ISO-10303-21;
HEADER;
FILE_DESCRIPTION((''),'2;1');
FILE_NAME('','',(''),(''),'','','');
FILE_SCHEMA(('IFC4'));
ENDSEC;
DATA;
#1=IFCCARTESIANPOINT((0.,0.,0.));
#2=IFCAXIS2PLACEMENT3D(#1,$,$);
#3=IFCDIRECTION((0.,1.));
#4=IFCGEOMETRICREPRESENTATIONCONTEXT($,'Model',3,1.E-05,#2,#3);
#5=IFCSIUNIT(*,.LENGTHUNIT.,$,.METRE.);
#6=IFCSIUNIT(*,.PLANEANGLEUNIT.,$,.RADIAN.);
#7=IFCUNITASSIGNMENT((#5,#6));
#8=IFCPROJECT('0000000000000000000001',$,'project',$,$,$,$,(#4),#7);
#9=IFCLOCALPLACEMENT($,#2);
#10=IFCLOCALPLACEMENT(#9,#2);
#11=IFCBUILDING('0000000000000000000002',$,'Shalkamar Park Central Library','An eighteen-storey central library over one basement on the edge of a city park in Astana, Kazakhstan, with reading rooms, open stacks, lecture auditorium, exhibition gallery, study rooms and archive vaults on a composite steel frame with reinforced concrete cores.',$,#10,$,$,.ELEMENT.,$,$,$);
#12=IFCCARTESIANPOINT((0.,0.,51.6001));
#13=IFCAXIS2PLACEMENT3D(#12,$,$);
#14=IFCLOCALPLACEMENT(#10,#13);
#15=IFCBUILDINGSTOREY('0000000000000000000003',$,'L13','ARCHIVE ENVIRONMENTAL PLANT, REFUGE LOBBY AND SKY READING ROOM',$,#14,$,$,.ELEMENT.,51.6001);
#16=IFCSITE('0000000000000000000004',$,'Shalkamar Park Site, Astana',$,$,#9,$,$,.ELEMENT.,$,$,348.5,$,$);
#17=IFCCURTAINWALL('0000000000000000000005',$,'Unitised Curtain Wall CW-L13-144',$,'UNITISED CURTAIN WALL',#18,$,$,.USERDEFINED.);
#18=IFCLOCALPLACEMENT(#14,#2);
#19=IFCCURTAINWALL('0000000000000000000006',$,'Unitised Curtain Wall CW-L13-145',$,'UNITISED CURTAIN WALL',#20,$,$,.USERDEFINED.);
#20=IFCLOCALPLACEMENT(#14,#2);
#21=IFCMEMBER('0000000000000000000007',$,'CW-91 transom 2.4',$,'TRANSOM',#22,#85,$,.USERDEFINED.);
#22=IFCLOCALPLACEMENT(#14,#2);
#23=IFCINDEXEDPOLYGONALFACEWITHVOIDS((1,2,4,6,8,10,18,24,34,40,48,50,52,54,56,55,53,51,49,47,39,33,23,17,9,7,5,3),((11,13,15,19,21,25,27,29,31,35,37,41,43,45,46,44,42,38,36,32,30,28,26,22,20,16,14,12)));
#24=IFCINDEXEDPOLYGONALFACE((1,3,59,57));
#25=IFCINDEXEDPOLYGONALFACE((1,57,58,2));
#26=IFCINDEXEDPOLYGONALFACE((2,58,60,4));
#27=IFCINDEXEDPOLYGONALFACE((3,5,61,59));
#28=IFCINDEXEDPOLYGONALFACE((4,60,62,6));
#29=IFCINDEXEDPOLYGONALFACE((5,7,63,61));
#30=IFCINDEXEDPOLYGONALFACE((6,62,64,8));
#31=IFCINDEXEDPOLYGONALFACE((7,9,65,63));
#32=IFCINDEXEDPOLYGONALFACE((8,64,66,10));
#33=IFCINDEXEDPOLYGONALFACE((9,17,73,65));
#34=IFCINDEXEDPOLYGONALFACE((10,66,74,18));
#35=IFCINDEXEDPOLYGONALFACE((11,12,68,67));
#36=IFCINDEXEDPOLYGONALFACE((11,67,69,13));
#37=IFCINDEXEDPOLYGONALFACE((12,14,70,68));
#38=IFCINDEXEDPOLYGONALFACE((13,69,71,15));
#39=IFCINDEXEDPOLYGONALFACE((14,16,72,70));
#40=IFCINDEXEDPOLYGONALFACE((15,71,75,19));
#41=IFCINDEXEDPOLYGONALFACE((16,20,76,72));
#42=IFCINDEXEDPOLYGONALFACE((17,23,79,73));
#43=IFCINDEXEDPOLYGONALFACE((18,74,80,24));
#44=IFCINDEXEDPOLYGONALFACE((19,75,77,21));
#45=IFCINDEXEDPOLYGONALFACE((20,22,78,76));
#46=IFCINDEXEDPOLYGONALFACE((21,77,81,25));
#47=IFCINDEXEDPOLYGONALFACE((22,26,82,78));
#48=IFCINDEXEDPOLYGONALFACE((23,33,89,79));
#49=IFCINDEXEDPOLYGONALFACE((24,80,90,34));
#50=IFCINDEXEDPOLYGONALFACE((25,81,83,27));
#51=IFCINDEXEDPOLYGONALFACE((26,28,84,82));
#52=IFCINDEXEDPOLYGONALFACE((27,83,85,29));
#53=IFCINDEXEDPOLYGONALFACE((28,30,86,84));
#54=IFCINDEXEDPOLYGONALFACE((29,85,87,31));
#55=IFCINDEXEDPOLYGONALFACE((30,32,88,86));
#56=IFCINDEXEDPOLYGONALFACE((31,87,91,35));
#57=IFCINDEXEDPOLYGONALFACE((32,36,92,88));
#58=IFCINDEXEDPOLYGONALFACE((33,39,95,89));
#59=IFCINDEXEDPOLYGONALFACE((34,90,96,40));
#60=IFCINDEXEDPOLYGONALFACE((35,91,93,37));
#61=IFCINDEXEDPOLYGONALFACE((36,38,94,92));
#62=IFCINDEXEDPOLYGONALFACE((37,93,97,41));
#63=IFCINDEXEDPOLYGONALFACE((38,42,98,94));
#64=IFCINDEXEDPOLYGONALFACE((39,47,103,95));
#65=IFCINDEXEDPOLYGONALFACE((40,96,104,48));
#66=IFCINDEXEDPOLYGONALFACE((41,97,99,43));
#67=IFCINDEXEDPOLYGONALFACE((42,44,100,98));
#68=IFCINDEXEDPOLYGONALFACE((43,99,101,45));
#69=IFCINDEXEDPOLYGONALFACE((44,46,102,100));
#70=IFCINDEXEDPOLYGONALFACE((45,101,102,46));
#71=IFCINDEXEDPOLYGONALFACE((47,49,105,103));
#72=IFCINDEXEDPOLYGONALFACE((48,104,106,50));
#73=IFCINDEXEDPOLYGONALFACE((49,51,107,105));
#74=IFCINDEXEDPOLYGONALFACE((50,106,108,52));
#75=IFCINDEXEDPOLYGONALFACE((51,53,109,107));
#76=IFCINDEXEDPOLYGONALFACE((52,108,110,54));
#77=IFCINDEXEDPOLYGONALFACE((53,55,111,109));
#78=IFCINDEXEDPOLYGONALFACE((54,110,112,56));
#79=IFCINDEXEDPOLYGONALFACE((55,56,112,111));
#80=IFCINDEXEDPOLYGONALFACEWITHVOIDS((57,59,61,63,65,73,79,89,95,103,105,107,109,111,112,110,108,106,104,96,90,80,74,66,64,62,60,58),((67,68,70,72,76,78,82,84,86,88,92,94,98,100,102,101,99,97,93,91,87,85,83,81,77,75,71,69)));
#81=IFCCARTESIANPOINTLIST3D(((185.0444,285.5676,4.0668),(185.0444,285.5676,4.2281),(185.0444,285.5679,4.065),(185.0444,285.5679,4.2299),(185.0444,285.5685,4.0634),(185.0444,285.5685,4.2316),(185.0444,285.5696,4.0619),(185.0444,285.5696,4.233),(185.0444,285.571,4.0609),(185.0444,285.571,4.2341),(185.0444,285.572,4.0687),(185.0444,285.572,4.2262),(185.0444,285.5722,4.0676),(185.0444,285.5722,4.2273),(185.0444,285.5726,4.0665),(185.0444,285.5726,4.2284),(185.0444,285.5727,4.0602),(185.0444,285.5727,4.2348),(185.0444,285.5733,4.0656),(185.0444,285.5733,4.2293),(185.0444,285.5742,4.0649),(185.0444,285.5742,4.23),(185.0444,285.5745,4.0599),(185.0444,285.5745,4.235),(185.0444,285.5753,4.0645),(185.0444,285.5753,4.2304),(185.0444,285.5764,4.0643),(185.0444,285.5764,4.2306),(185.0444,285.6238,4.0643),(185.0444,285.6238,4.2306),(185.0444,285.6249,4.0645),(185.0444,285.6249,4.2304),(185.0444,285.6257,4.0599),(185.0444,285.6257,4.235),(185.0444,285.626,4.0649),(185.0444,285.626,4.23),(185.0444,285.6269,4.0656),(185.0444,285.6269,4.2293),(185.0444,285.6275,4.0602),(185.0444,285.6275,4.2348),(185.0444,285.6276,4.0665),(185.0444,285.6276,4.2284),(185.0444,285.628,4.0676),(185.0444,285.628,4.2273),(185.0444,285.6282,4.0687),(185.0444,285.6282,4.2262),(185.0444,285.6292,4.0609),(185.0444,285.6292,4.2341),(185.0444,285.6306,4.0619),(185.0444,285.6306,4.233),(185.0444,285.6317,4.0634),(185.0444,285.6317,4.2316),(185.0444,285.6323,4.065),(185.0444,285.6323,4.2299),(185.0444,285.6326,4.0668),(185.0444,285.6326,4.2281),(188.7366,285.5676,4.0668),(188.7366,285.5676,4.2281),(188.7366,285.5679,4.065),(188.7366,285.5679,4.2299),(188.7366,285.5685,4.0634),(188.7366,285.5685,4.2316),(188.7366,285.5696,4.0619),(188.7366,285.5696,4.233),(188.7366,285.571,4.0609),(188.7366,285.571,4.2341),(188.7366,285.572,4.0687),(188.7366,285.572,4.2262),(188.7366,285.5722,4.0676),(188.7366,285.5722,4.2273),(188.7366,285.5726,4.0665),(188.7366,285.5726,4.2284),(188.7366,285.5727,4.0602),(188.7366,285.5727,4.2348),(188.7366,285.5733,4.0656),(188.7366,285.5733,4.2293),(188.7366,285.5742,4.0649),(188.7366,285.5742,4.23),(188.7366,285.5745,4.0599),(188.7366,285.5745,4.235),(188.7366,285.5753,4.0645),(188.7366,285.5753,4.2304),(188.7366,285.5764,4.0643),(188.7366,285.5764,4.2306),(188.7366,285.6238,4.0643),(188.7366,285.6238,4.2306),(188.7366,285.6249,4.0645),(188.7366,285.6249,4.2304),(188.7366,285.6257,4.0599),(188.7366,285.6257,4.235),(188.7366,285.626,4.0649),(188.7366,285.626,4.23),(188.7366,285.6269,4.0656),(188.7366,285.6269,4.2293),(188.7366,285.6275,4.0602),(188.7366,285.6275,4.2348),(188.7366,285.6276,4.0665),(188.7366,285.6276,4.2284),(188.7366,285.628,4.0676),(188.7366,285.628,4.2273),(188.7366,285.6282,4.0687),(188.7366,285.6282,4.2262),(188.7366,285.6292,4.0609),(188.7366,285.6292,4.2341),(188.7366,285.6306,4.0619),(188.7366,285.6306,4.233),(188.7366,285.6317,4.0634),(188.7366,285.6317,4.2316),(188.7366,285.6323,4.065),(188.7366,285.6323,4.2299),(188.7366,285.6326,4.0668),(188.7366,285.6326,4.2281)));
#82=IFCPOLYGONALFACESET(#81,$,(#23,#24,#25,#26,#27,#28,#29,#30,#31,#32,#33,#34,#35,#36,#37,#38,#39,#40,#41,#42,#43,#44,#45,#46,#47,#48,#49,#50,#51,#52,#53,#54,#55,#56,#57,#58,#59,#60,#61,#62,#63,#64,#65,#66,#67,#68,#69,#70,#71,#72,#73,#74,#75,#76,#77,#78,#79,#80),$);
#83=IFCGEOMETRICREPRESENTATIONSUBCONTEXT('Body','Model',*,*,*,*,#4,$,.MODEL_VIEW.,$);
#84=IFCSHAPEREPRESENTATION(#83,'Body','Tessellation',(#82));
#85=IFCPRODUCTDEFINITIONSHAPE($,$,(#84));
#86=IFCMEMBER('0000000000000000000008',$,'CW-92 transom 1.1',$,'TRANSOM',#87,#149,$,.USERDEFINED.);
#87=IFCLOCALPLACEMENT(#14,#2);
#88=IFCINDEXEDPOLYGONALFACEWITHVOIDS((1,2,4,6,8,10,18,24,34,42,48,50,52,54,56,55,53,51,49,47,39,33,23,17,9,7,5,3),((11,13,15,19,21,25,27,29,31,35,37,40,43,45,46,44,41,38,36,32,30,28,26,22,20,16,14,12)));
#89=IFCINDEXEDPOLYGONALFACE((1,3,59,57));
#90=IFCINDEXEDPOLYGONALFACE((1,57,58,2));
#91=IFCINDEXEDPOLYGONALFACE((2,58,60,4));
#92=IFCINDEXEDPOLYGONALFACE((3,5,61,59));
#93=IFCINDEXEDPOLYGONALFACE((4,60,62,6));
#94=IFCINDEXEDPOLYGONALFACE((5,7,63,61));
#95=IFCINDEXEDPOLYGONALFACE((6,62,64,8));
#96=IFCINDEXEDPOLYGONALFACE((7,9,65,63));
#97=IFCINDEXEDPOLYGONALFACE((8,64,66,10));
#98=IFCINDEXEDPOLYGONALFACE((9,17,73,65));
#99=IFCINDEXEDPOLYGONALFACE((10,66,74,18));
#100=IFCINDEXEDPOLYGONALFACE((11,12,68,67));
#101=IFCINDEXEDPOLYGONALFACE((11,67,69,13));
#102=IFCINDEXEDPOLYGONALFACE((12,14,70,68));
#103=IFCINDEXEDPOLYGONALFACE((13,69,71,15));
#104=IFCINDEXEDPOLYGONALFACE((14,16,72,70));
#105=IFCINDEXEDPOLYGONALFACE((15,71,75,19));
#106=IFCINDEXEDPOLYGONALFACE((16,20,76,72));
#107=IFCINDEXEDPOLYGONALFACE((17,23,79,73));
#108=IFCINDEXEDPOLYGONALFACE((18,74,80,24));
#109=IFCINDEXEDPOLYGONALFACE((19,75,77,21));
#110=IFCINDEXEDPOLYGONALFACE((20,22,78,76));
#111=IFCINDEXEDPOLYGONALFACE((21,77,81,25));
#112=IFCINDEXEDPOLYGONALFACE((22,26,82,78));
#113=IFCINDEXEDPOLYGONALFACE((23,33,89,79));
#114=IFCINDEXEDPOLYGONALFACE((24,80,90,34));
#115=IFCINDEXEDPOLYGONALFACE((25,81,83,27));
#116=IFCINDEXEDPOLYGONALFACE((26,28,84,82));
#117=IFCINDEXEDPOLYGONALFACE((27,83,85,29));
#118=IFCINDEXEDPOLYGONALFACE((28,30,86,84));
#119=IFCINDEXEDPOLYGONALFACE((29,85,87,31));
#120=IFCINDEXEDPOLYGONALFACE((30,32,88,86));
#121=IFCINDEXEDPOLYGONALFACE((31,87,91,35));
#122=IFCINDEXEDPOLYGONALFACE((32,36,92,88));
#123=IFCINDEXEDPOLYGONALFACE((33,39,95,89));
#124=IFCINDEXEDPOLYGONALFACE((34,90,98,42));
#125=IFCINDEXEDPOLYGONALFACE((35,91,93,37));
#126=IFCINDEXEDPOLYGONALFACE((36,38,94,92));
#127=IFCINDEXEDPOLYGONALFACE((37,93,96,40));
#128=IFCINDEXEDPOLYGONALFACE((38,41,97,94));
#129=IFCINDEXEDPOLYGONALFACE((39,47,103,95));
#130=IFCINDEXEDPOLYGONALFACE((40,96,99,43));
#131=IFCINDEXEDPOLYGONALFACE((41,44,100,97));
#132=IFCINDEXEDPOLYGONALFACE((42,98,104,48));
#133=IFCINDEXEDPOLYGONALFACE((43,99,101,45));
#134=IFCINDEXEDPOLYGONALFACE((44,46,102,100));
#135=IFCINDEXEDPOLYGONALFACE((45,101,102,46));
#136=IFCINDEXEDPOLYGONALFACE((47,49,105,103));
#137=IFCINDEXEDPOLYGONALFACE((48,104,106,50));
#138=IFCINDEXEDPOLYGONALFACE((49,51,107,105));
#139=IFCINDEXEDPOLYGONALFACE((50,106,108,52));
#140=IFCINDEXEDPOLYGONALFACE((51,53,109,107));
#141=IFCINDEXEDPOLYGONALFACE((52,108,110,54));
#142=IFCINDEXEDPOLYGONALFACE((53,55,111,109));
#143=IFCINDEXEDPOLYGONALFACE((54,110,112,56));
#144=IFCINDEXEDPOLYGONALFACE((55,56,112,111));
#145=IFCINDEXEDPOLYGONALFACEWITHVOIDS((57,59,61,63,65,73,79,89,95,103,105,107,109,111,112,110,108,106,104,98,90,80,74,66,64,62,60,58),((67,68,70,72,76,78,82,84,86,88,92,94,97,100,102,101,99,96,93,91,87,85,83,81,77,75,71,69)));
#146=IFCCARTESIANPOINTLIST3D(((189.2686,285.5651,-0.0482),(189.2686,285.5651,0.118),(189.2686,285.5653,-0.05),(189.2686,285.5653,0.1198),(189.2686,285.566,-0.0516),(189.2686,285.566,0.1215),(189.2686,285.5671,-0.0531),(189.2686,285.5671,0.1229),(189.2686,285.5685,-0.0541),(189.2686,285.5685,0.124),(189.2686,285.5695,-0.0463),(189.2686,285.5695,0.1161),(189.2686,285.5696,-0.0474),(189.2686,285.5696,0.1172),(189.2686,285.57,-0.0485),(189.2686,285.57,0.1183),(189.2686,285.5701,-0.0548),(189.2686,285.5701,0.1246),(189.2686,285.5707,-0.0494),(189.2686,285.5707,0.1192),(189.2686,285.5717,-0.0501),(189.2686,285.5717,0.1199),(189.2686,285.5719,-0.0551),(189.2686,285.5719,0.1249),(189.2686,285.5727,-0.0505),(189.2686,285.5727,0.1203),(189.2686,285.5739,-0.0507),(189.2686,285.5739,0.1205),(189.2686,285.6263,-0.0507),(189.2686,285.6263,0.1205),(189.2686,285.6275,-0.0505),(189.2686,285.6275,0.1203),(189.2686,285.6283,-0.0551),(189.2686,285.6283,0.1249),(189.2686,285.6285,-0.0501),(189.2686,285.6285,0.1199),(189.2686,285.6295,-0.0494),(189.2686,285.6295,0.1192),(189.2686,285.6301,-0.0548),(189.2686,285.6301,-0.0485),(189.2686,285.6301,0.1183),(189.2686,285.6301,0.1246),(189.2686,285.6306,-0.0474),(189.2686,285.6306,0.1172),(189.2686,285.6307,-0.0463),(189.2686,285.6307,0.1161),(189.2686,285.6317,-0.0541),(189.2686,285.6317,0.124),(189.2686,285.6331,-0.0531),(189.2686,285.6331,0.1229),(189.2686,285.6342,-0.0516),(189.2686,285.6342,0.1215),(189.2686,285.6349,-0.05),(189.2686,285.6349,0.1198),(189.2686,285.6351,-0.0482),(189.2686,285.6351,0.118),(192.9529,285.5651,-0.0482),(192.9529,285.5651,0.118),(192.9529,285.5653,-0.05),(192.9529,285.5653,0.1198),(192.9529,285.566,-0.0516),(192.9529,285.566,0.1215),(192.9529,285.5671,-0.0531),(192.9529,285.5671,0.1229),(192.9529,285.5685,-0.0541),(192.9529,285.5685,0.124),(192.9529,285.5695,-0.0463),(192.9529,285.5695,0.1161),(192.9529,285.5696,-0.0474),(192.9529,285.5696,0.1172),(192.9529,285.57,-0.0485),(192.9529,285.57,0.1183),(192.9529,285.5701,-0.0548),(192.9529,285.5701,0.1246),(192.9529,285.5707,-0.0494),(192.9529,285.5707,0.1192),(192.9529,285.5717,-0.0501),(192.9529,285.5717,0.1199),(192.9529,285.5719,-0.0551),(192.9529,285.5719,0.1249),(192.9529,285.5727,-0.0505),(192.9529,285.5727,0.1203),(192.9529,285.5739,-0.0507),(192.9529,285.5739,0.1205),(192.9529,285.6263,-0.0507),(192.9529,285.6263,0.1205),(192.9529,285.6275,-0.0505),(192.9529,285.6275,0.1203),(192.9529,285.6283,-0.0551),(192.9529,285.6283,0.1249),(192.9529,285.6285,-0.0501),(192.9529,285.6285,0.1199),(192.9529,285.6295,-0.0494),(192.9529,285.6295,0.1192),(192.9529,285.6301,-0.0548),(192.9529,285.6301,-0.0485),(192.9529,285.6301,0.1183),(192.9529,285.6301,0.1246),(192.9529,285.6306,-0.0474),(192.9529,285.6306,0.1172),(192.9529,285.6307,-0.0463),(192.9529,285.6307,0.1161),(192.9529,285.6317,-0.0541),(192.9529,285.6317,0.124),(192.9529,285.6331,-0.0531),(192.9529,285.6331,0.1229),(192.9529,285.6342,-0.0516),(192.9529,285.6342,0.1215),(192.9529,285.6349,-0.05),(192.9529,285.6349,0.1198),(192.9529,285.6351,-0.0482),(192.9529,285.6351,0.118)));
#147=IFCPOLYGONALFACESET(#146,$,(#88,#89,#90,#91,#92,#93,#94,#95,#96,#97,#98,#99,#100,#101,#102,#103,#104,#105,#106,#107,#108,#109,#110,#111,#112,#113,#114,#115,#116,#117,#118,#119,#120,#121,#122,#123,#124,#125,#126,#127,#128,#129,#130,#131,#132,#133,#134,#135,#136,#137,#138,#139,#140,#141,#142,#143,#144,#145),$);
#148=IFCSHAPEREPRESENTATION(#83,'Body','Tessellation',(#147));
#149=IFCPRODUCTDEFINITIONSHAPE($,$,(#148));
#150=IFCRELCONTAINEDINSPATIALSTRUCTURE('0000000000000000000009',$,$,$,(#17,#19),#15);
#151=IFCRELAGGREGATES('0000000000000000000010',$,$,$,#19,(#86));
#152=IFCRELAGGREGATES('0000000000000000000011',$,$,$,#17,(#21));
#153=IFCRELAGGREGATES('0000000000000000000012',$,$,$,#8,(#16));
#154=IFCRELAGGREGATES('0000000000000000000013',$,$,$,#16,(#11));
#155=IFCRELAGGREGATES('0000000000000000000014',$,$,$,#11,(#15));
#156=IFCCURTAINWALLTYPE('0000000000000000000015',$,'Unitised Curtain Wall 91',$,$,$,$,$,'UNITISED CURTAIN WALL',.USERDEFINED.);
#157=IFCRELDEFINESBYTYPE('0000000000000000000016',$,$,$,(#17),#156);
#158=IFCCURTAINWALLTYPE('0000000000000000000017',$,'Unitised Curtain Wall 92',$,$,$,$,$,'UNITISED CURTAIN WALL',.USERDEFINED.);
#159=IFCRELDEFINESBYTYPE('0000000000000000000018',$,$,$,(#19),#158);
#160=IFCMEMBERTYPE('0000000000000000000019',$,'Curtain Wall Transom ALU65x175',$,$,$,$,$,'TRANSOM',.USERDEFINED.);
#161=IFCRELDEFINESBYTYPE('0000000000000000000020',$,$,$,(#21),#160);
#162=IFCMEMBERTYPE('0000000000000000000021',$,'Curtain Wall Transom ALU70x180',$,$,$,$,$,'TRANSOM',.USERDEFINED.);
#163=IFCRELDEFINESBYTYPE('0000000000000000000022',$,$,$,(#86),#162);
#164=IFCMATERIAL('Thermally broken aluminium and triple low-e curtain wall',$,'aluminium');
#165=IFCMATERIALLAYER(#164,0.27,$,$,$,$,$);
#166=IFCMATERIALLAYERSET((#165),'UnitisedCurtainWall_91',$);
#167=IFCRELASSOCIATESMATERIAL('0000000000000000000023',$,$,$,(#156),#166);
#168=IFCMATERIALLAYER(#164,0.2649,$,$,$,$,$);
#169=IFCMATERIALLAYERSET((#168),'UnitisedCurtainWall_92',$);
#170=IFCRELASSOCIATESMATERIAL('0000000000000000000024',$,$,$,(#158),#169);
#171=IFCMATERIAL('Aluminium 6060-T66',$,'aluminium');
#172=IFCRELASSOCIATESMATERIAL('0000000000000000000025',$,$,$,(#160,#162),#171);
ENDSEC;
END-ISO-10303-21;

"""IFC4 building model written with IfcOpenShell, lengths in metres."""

from ifc_helpers import new_model, si_unit, direction, frame, origin, origin_2d, place, context, subcontext, project, spatial, hollow_rectangle, extrude, material, layer, layer_set, material_profile, profile_set, type_object, element, aggregate, save


model = new_model("IFC4")

# Units and contexts
model_context = context("Model", 3, precision=1e-05, world=origin(), true_north=direction((0.0, 1.0)))
body_context = subcontext(model_context, "Body", "Model", "MODEL_VIEW")
ifc_project = project(units=[si_unit("LENGTHUNIT", "METRE"), si_unit("PLANEANGLEUNIT", "RADIAN")], contexts=[model_context])

# Site, building, storey
site_placement = place(None, origin())
site = spatial("IfcSite", under=ifc_project, at=site_placement, Name="Shalkamar Park Site, Astana", CompositionType="ELEMENT", RefElevation=348.5)
building_placement = place(site_placement, origin())
building = spatial("IfcBuilding", under=site, at=building_placement, Name="Shalkamar Park Central Library", Description="An eighteen-storey central library over one basement on the edge of a city park in Astana, Kazakhstan, with reading rooms, open stacks, lecture auditorium, exhibition gallery, study rooms and archive vaults on a composite steel frame with reinforced concrete cores.", CompositionType="ELEMENT")
storey_placement = place(building_placement, frame((0.0, 0.0, 51.6001)))
storey = spatial("IfcBuildingStorey", under=building, at=storey_placement, Name="L13", Description="ARCHIVE ENVIRONMENTAL PLANT, REFUGE LOBBY AND SKY READING ROOM", CompositionType="ELEMENT", Elevation=51.6001)

# Curtain wall
ifc_material_1 = material(Name="Thermally broken aluminium and triple low-e curtain wall", Category="aluminium")
ifc_layer_1 = layer(ifc_material_1, 0.27)
ifc_layer_set_1 = layer_set([ifc_layer_1], Name="UnitisedCurtainWall_91")
curtain_wall_type_1 = type_object("IfcCurtainWallType", Name="Unitised Curtain Wall 91", ElementType="UNITISED CURTAIN WALL", PredefinedType="USERDEFINED", material=ifc_layer_set_1)
curtain_wall_1_placement = place(storey_placement, origin())
curtain_wall_1 = element("IfcCurtainWall", 1, at=curtain_wall_1_placement, inside=storey, type_object=curtain_wall_type_1, Name="Unitised Curtain Wall CW-L13-144", ObjectType="UNITISED CURTAIN WALL", PredefinedType="USERDEFINED")
ifc_material_2 = material(Name="Aluminium 6060-T66", Category="aluminium")

# Curtain wall
ifc_layer_2 = layer(ifc_material_1, 0.2649)
ifc_layer_set_2 = layer_set([ifc_layer_2], Name="UnitisedCurtainWall_92")
curtain_wall_type_2 = type_object("IfcCurtainWallType", Name="Unitised Curtain Wall 92", ElementType="UNITISED CURTAIN WALL", PredefinedType="USERDEFINED", material=ifc_layer_set_2)
curtain_wall_2_placement = place(storey_placement, origin())
curtain_wall_2 = element("IfcCurtainWall", 2, at=curtain_wall_2_placement, inside=storey, type_object=curtain_wall_type_2, Name="Unitised Curtain Wall CW-L13-145", ObjectType="UNITISED CURTAIN WALL", PredefinedType="USERDEFINED")

# Members
ifc_material_profile_1 = material_profile(ifc_material_2, hollow_rectangle(XDim=0.0649, YDim=0.175, WallThickness=0.0044, InnerFilletRadius=0.0044, OuterFilletRadius=0.0068, at=origin_2d()), Name="ALU 65x175x4.5")
ifc_profile_set_1 = profile_set([ifc_material_profile_1], Name="Aluminium 6060-T66")
member_type_1 = type_object("IfcMemberType", Name="Curtain Wall Transom ALU65x175", ElementType="TRANSOM", PredefinedType="USERDEFINED", material=ifc_profile_set_1)
member_1_placement = place(storey_placement, frame((185.0444, 285.6001, 4.1475), z_axis=(1.0, 0.0, 0.0), x_axis=(0.0, 1.0, 0.0)))
member_1 = element("IfcMember", 3, at=member_1_placement, type_object=member_type_1, Name="CW-91 transom 2.4", ObjectType="TRANSOM", PredefinedType="USERDEFINED", context=body_context, shape_type="SweptSolid", body=[
    extrude(hollow_rectangle(XDim=0.0649, YDim=0.175, WallThickness=0.0044, InnerFilletRadius=0.0044, OuterFilletRadius=0.0068, at=origin_2d()), origin(), (0.0, 0.0, 1.0), 3.6921),
])
ifc_material_profile_2 = material_profile(ifc_material_2, hollow_rectangle(XDim=0.0701, YDim=0.1799, WallThickness=0.0044, InnerFilletRadius=0.0044, OuterFilletRadius=0.0068, at=origin_2d()), Name="ALU 70x180x4.5")
ifc_profile_set_2 = profile_set([ifc_material_profile_2], Name="Aluminium 6060-T66")
member_type_2 = type_object("IfcMemberType", Name="Curtain Wall Transom ALU70x180", ElementType="TRANSOM", PredefinedType="USERDEFINED", material=ifc_profile_set_2)
member_2_placement = place(storey_placement, frame((189.2686, 285.6001, 0.0349), z_axis=(1.0, 0.0, 0.0), x_axis=(0.0, 1.0, 0.0)))
member_2 = element("IfcMember", 4, at=member_2_placement, type_object=member_type_2, Name="CW-92 transom 1.1", ObjectType="TRANSOM", PredefinedType="USERDEFINED", context=body_context, shape_type="SweptSolid", body=[
    extrude(hollow_rectangle(XDim=0.0701, YDim=0.1799, WallThickness=0.0044, InnerFilletRadius=0.0044, OuterFilletRadius=0.0068, at=origin_2d()), origin(), (0.0, 0.0, 1.0), 3.6843),
])

aggregate(curtain_wall_2, [member_2])
aggregate(curtain_wall_1, [member_1])

save(model, "model.ifc")
